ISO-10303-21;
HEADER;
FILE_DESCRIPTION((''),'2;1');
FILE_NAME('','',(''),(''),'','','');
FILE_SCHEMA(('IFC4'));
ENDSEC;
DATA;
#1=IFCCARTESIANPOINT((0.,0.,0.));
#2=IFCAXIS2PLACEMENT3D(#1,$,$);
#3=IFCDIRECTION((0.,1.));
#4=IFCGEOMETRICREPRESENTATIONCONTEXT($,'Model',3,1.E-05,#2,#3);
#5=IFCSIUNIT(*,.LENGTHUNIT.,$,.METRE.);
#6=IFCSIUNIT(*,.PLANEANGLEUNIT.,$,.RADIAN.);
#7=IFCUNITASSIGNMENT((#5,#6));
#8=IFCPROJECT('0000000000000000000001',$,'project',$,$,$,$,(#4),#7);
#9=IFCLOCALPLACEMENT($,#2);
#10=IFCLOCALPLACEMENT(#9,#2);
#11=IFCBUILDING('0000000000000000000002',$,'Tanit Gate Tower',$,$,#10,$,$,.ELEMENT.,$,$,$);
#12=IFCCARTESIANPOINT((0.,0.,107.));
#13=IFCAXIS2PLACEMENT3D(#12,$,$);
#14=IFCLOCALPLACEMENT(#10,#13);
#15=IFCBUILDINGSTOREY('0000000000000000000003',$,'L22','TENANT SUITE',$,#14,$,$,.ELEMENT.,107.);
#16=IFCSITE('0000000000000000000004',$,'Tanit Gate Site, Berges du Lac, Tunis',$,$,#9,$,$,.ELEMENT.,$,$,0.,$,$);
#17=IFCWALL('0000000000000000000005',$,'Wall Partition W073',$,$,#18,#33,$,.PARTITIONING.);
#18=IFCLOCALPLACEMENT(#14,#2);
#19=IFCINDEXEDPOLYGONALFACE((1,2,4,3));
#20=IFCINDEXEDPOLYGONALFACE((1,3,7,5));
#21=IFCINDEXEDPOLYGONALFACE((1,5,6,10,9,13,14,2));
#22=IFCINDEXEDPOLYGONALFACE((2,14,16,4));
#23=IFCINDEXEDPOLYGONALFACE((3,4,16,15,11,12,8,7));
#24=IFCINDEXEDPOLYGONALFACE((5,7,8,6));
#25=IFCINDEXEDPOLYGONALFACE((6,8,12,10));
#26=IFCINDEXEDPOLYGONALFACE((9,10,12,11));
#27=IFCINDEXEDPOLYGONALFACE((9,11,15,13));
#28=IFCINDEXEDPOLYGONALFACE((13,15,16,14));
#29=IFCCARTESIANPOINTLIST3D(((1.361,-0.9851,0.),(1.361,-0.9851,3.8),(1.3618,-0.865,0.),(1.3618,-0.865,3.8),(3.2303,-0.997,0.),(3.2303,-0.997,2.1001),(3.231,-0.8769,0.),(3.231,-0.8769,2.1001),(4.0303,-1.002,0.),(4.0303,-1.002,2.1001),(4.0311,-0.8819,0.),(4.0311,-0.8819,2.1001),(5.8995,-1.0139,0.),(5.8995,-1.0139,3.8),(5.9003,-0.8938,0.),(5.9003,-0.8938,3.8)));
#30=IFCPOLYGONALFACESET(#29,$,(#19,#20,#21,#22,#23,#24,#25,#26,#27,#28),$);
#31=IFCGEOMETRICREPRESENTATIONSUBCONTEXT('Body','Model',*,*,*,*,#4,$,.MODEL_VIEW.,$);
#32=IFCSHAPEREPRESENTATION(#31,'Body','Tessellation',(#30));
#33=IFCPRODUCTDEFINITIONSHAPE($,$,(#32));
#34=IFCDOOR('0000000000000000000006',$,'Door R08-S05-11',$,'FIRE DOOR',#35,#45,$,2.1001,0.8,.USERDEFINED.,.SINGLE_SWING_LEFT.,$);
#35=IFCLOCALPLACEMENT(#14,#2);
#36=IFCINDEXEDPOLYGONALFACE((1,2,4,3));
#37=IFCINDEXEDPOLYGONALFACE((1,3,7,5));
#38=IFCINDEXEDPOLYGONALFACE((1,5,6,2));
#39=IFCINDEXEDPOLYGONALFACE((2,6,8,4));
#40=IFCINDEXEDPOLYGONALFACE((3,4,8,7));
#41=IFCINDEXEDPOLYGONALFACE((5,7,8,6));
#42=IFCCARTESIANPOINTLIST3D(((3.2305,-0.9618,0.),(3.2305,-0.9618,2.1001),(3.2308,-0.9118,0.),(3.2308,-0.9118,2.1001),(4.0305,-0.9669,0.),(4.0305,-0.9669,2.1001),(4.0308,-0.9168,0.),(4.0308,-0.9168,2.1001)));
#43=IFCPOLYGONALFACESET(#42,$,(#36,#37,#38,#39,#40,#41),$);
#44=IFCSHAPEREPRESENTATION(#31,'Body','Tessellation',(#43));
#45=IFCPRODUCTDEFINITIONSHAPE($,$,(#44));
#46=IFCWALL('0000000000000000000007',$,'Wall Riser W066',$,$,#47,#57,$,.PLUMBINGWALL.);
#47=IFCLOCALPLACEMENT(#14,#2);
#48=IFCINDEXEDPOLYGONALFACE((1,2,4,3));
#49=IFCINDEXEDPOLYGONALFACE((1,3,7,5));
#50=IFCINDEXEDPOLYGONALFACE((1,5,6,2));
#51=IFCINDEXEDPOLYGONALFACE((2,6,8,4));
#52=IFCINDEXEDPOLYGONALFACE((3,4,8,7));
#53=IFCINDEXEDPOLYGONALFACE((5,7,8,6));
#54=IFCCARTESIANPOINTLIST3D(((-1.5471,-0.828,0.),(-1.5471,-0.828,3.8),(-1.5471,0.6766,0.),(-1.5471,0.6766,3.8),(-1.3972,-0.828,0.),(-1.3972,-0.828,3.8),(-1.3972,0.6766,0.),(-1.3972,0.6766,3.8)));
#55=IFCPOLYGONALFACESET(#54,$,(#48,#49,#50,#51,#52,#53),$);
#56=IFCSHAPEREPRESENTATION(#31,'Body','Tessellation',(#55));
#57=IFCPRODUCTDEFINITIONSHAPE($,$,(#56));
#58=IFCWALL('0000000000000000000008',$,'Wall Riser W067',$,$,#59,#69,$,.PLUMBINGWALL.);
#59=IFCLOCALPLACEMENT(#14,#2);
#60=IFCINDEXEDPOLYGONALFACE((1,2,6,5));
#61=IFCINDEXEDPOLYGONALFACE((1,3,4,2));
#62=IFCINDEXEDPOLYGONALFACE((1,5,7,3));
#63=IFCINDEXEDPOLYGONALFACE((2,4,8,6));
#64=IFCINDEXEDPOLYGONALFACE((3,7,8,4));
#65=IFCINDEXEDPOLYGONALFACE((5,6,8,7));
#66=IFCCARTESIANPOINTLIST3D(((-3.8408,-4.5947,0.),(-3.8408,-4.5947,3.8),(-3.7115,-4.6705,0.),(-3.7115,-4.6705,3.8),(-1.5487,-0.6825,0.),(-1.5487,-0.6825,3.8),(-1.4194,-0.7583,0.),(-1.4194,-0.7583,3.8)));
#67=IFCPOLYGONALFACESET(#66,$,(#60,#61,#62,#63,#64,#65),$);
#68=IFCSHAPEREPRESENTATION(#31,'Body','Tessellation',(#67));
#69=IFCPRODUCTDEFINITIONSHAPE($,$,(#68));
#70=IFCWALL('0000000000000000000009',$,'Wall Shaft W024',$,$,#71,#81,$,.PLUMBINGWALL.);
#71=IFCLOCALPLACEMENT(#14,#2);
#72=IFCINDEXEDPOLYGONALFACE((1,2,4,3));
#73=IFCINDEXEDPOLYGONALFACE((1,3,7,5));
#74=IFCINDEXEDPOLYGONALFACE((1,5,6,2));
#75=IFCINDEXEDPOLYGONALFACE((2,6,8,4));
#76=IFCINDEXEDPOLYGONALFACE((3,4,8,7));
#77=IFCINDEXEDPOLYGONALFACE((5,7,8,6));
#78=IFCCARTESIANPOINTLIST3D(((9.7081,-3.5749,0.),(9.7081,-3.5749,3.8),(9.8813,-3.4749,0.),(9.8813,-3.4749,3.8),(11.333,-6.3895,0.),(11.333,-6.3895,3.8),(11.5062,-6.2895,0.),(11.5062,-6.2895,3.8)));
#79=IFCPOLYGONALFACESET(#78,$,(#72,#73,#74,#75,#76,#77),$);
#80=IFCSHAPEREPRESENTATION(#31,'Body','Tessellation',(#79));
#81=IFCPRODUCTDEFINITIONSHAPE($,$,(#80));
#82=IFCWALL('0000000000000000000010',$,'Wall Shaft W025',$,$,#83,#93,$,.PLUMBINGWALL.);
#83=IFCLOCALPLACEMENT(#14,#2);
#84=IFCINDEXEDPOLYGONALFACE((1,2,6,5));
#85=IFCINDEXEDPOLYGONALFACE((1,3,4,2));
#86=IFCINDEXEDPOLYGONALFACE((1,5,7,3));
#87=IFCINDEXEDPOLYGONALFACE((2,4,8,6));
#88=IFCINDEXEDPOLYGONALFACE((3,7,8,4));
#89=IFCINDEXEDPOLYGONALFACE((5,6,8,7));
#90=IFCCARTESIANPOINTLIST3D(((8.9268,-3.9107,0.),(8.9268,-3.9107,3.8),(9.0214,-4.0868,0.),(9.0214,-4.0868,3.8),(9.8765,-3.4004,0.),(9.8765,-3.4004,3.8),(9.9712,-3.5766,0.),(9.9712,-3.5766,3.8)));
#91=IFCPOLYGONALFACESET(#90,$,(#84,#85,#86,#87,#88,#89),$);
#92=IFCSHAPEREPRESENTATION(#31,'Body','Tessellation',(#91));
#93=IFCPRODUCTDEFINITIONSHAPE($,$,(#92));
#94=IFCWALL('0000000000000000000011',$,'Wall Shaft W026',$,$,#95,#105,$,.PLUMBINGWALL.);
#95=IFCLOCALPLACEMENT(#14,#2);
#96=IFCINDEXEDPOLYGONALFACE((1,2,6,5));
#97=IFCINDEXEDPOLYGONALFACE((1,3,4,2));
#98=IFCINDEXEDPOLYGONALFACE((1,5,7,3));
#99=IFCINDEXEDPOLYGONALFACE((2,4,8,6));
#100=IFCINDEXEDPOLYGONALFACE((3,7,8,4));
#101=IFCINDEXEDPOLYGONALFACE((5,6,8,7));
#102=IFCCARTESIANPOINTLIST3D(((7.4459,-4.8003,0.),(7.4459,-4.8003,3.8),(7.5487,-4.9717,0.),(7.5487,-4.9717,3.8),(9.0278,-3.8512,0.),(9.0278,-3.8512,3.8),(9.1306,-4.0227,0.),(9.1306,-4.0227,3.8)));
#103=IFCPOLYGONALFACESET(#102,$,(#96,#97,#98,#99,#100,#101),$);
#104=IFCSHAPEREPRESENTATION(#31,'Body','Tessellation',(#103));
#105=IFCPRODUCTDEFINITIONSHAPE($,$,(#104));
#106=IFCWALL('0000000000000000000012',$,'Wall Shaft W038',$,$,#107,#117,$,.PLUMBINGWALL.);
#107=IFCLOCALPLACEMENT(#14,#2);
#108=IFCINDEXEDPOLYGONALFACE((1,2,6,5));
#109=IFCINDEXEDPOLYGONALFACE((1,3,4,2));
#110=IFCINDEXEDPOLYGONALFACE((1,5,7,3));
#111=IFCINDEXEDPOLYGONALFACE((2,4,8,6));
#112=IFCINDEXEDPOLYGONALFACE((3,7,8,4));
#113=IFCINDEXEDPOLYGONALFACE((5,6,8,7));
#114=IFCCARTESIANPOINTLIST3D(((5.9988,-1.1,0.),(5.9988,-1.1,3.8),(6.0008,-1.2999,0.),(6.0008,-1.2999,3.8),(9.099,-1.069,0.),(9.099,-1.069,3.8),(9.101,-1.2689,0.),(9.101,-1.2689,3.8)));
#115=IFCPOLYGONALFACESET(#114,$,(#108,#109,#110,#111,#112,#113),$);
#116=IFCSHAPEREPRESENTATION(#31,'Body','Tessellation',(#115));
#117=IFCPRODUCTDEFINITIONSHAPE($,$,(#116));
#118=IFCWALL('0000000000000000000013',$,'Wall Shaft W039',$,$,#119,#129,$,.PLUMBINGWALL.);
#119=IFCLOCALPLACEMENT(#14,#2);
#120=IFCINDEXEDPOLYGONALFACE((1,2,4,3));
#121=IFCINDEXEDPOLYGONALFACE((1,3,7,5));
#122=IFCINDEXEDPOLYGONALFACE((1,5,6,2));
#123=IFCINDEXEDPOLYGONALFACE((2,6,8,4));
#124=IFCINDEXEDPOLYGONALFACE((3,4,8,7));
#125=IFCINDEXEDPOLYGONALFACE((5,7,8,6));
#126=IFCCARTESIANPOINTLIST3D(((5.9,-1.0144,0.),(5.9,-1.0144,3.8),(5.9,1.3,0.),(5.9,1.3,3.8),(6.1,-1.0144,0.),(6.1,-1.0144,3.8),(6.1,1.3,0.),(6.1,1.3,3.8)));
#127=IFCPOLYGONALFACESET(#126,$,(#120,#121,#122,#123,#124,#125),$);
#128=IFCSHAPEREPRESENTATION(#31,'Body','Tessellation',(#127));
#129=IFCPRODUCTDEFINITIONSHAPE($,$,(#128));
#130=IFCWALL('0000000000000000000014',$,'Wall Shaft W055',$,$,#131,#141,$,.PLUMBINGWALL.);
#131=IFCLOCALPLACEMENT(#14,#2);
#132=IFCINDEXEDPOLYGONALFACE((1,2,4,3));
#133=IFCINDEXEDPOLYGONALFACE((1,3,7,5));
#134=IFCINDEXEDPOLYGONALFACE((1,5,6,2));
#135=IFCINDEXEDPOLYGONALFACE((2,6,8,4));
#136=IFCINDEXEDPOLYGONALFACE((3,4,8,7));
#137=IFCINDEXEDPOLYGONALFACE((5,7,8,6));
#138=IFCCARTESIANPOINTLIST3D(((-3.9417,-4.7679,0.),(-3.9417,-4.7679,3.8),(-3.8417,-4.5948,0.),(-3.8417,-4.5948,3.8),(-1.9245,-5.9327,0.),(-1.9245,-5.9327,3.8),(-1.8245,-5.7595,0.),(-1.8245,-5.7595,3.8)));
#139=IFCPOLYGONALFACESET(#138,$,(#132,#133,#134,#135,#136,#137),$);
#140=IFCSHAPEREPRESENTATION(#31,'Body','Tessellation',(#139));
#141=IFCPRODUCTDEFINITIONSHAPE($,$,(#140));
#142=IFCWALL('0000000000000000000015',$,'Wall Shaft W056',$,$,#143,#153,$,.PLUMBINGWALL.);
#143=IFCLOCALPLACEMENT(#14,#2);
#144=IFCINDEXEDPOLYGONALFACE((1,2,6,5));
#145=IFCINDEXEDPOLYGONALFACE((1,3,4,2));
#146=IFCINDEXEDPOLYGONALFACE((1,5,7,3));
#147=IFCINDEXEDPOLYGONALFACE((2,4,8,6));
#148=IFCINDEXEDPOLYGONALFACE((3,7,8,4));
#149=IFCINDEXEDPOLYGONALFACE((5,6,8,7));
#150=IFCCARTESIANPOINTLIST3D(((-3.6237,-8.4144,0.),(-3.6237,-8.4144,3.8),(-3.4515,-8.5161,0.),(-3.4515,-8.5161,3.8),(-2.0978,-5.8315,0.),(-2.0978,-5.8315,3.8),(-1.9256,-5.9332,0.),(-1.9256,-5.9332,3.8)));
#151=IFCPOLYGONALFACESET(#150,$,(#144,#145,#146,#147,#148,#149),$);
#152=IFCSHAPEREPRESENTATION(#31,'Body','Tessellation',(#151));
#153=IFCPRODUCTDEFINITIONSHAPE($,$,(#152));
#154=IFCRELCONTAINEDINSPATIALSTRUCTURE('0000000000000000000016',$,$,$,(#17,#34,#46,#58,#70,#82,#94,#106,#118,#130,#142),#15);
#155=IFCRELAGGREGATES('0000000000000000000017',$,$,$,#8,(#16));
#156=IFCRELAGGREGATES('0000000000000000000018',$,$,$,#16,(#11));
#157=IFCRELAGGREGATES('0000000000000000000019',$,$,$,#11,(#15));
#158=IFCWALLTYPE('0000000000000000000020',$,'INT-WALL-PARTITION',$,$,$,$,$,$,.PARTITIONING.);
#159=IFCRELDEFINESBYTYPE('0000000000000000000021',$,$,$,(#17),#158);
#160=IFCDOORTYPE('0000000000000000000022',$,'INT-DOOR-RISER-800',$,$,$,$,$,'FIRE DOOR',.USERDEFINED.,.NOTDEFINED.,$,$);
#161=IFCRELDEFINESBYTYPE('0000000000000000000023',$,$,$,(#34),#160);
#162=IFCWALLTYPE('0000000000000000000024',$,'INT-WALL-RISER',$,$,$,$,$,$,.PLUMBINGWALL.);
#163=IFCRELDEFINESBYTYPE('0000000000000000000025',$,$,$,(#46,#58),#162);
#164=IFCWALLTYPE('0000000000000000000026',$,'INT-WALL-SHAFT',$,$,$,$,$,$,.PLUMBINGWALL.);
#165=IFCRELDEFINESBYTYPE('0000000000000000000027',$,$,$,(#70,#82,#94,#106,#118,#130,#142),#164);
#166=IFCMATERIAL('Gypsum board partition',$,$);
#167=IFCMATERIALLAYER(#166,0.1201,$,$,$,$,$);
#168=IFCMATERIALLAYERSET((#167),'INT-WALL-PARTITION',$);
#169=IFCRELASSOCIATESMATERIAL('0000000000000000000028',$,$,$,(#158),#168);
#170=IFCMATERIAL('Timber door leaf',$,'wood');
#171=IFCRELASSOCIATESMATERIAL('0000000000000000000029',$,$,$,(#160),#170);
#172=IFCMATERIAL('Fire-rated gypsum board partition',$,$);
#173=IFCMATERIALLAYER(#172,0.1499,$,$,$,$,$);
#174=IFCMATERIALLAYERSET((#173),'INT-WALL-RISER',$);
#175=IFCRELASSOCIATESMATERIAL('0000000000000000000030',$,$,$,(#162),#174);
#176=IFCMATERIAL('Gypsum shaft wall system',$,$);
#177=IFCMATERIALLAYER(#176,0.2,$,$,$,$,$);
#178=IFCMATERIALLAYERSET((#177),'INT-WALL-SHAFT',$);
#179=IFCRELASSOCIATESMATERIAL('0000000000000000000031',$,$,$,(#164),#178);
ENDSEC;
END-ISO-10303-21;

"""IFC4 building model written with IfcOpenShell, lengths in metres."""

from ifc_helpers import new_model, si_unit, direction, frame, frame_2d, origin, place, context, subcontext, project, spatial, rectangle, extrude, material, layer, layer_set, type_object, element, fill, save


model = new_model("IFC4")

# Units and contexts
model_context = context("Model", 3, precision=1e-05, world=origin(), true_north=direction((0.0, 1.0)))
body_context = subcontext(model_context, "Body", "Model", "MODEL_VIEW")
ifc_project = project(units=[si_unit("LENGTHUNIT", "METRE"), si_unit("PLANEANGLEUNIT", "RADIAN")], contexts=[model_context])

# Site, building, storey
site_placement = place(None, origin())
site = spatial("IfcSite", under=ifc_project, at=site_placement, Name="Tanit Gate Site, Berges du Lac, Tunis", CompositionType="ELEMENT", RefElevation=0.0)
building_placement = place(site_placement, origin())
building = spatial("IfcBuilding", under=site, at=building_placement, Name="Tanit Gate Tower", CompositionType="ELEMENT")
storey_placement = place(building_placement, frame((0.0, 0.0, 107.0)))
storey = spatial("IfcBuildingStorey", under=building, at=storey_placement, Name="L22", Description="TENANT SUITE", CompositionType="ELEMENT", Elevation=107.0)

# Shared definitions
ifc_material_1 = material(Name="Gypsum board partition")
ifc_layer_1 = layer(ifc_material_1, 0.1201)
ifc_layer_set_1 = layer_set([ifc_layer_1], Name="INT-WALL-PARTITION")
wall_type_1 = type_object("IfcWallType", Name="INT-WALL-PARTITION", PredefinedType="PARTITIONING", material=ifc_layer_set_1)

# Wall, opening, door
wall_1_placement = place(storey_placement, frame((5.8999, -0.9539, 0.0), z_axis=(0.0, 0.0, 1.0), x_axis=(-0.99998, 0.006347, 0.0)))
wall_1 = element("IfcWall", 1, at=wall_1_placement, inside=storey, type_object=wall_type_1, Name="Wall Partition W073", PredefinedType="PARTITIONING", context=body_context, shape_type="SweptSolid", body=[
    extrude(rectangle(XDim=4.5386, YDim=0.1201, at=frame_2d((2.2693, 0.0))), origin(), (0.0, 0.0, 1.0), 3.8),
])
opening_1_placement = place(wall_1_placement, frame((1.8694, 0.0, 0.0)))
opening_1 = element("IfcOpeningElement", 2, at=opening_1_placement, cuts=wall_1, PredefinedType="OPENING", context=body_context, shape_type="SweptSolid", body=[
    extrude(rectangle(XDim=0.8, YDim=2.1001, at=frame_2d((0.3999, 1.05))), frame((0.0, 0.0701, 0.0), z_axis=(0.0, -1.0, 0.0), x_axis=(1.0, 0.0, 0.0)), (0.0, 0.0, 1.0), 0.1401),
])
ifc_material_2 = material(Name="Timber door leaf", Category="wood")
door_type_1 = type_object("IfcDoorType", Name="INT-DOOR-RISER-800", ElementType="FIRE DOOR", OperationType="NOTDEFINED", PredefinedType="USERDEFINED", material=ifc_material_2)
door_1_placement = place(opening_1_placement, origin())
door_1 = element("IfcDoor", 3, at=door_1_placement, inside=storey, type_object=door_type_1, Name="Door R08-S05-11", ObjectType="FIRE DOOR", OperationType="SINGLE_SWING_LEFT", OverallHeight=2.1001, OverallWidth=0.8, PredefinedType="USERDEFINED", context=body_context, shape_type="SweptSolid", body=[
    extrude(rectangle(XDim=0.8, YDim=2.1001, at=frame_2d((0.3999, 1.05))), frame((0.0, 0.0249, 0.0), z_axis=(0.0, -1.0, 0.0), x_axis=(1.0, 0.0, 0.0)), (0.0, 0.0, 1.0), 0.05),
])
fill(opening_1, door_1)

# Walls
ifc_material_3 = material(Name="Fire-rated gypsum board partition")
ifc_layer_2 = layer(ifc_material_3, 0.1499)
ifc_layer_set_2 = layer_set([ifc_layer_2], Name="INT-WALL-RISER")
wall_type_2 = type_object("IfcWallType", Name="INT-WALL-RISER", PredefinedType="PLUMBINGWALL", material=ifc_layer_set_2)
wall_2_placement = place(storey_placement, frame((-1.4722, -0.8281, 0.0), z_axis=(0.0, 0.0, 1.0), x_axis=(0.0, 1.0, 0.0)))
element("IfcWall", 4, at=wall_2_placement, inside=storey, type_object=wall_type_2, Name="Wall Riser W066", PredefinedType="PLUMBINGWALL", context=body_context, shape_type="SweptSolid", body=[
    extrude(rectangle(XDim=1.5046, YDim=0.1499, at=frame_2d((0.7524, 0.0))), origin(), (0.0, 0.0, 1.0), 3.8),
])
wall_3_placement = place(storey_placement, frame((-3.7761, -4.6326, 0.0), z_axis=(0.0, 0.0, 1.0), x_axis=(0.505504, 0.862824, 0.0)))
element("IfcWall", 5, at=wall_3_placement, inside=storey, type_object=wall_type_2, Name="Wall Riser W067", PredefinedType="PLUMBINGWALL", context=body_context, shape_type="SweptSolid", body=[
    extrude(rectangle(XDim=4.5342, YDim=0.1499, at=frame_2d((2.2671, 0.0))), origin(), (0.0, 0.0, 1.0), 3.8),
])
ifc_material_4 = material(Name="Gypsum shaft wall system")
ifc_layer_3 = layer(ifc_material_4, 0.2)
ifc_layer_set_3 = layer_set([ifc_layer_3], Name="INT-WALL-SHAFT")
wall_type_3 = type_object("IfcWallType", Name="INT-WALL-SHAFT", PredefinedType="PLUMBINGWALL", material=ifc_layer_set_3)
wall_4_placement = place(storey_placement, frame((9.7947, -3.5249, 0.0), z_axis=(0.0, 0.0, 1.0), x_axis=(0.499985, -0.866034, 0.0)))
element("IfcWall", 6, at=wall_4_placement, inside=storey, type_object=wall_type_3, Name="Wall Shaft W024", PredefinedType="PLUMBINGWALL", context=body_context, shape_type="SweptSolid", body=[
    extrude(rectangle(XDim=3.25, YDim=0.2, at=frame_2d((1.625, 0.0))), origin(), (0.0, 0.0, 1.0), 3.8),
])
wall_5_placement = place(storey_placement, frame((8.9741, -3.9988, 0.0), z_axis=(0.0, 0.0, 1.0), x_axis=(0.880907, 0.473289, 0.0)))
element("IfcWall", 7, at=wall_5_placement, inside=storey, type_object=wall_type_3, Name="Wall Shaft W025", PredefinedType="PLUMBINGWALL", context=body_context, shape_type="SweptSolid", body=[
    extrude(rectangle(XDim=1.0781, YDim=0.2, at=frame_2d((0.5391, 0.0))), origin(), (0.0, 0.0, 1.0), 3.8),
])
wall_6_placement = place(storey_placement, frame((7.4973, -4.886, 0.0), z_axis=(0.0, 0.0, 1.0), x_axis=(0.857516, 0.514457, 0.0)))
element("IfcWall", 8, at=wall_6_placement, inside=storey, type_object=wall_type_3, Name="Wall Shaft W026", PredefinedType="PLUMBINGWALL", context=body_context, shape_type="SweptSolid", body=[
    extrude(rectangle(XDim=1.8447, YDim=0.2, at=frame_2d((0.9224, 0.0))), origin(), (0.0, 0.0, 1.0), 3.8),
])
wall_7_placement = place(storey_placement, frame((9.1001, -1.1689, 0.0), z_axis=(0.0, 0.0, 1.0), x_axis=(-0.99995, -0.010001, 0.0)))
element("IfcWall", 9, at=wall_7_placement, inside=storey, type_object=wall_type_3, Name="Wall Shaft W038", PredefinedType="PLUMBINGWALL", context=body_context, shape_type="SweptSolid", body=[
    extrude(rectangle(XDim=3.1003, YDim=0.2, at=frame_2d((1.5503, 0.0))), origin(), (0.0, 0.0, 1.0), 3.8),
])
wall_8_placement = place(storey_placement, frame((6.0, -1.0144, 0.0), z_axis=(0.0, 0.0, 1.0), x_axis=(0.0, 1.0, 0.0)))
element("IfcWall", 10, at=wall_8_placement, inside=storey, type_object=wall_type_3, Name="Wall Shaft W039", PredefinedType="PLUMBINGWALL", context=body_context, shape_type="SweptSolid", body=[
    extrude(rectangle(XDim=2.3145, YDim=0.2, at=frame_2d((1.1572, 0.0))), origin(), (0.0, 0.0, 1.0), 3.8),
])

# Walls
wall_9_placement = place(storey_placement, frame((-3.8916, -4.6814, 0.0), z_axis=(0.0, 0.0, 1.0), x_axis=(0.866009, -0.500028, 0.0)))
element("IfcWall", 11, at=wall_9_placement, inside=storey, type_object=wall_type_3, Name="Wall Shaft W055", PredefinedType="PLUMBINGWALL", context=body_context, shape_type="SweptSolid", body=[
    extrude(rectangle(XDim=2.3293, YDim=0.2, at=frame_2d((1.1646, 0.0))), origin(), (0.0, 0.0, 1.0), 3.8),
])
wall_10_placement = place(storey_placement, frame((-2.0117, -5.8823, 0.0), z_axis=(0.0, 0.0, 1.0), x_axis=(-0.50862, -0.860991, 0.0)))
element("IfcWall", 12, at=wall_10_placement, inside=storey, type_object=wall_type_3, Name="Wall Shaft W056", PredefinedType="PLUMBINGWALL", context=body_context, shape_type="SweptSolid", body=[
    extrude(rectangle(XDim=3.0, YDim=0.2, at=frame_2d((1.5, 0.0))), origin(), (0.0, 0.0, 1.0), 3.8),
])

save(model, "model.ifc")
